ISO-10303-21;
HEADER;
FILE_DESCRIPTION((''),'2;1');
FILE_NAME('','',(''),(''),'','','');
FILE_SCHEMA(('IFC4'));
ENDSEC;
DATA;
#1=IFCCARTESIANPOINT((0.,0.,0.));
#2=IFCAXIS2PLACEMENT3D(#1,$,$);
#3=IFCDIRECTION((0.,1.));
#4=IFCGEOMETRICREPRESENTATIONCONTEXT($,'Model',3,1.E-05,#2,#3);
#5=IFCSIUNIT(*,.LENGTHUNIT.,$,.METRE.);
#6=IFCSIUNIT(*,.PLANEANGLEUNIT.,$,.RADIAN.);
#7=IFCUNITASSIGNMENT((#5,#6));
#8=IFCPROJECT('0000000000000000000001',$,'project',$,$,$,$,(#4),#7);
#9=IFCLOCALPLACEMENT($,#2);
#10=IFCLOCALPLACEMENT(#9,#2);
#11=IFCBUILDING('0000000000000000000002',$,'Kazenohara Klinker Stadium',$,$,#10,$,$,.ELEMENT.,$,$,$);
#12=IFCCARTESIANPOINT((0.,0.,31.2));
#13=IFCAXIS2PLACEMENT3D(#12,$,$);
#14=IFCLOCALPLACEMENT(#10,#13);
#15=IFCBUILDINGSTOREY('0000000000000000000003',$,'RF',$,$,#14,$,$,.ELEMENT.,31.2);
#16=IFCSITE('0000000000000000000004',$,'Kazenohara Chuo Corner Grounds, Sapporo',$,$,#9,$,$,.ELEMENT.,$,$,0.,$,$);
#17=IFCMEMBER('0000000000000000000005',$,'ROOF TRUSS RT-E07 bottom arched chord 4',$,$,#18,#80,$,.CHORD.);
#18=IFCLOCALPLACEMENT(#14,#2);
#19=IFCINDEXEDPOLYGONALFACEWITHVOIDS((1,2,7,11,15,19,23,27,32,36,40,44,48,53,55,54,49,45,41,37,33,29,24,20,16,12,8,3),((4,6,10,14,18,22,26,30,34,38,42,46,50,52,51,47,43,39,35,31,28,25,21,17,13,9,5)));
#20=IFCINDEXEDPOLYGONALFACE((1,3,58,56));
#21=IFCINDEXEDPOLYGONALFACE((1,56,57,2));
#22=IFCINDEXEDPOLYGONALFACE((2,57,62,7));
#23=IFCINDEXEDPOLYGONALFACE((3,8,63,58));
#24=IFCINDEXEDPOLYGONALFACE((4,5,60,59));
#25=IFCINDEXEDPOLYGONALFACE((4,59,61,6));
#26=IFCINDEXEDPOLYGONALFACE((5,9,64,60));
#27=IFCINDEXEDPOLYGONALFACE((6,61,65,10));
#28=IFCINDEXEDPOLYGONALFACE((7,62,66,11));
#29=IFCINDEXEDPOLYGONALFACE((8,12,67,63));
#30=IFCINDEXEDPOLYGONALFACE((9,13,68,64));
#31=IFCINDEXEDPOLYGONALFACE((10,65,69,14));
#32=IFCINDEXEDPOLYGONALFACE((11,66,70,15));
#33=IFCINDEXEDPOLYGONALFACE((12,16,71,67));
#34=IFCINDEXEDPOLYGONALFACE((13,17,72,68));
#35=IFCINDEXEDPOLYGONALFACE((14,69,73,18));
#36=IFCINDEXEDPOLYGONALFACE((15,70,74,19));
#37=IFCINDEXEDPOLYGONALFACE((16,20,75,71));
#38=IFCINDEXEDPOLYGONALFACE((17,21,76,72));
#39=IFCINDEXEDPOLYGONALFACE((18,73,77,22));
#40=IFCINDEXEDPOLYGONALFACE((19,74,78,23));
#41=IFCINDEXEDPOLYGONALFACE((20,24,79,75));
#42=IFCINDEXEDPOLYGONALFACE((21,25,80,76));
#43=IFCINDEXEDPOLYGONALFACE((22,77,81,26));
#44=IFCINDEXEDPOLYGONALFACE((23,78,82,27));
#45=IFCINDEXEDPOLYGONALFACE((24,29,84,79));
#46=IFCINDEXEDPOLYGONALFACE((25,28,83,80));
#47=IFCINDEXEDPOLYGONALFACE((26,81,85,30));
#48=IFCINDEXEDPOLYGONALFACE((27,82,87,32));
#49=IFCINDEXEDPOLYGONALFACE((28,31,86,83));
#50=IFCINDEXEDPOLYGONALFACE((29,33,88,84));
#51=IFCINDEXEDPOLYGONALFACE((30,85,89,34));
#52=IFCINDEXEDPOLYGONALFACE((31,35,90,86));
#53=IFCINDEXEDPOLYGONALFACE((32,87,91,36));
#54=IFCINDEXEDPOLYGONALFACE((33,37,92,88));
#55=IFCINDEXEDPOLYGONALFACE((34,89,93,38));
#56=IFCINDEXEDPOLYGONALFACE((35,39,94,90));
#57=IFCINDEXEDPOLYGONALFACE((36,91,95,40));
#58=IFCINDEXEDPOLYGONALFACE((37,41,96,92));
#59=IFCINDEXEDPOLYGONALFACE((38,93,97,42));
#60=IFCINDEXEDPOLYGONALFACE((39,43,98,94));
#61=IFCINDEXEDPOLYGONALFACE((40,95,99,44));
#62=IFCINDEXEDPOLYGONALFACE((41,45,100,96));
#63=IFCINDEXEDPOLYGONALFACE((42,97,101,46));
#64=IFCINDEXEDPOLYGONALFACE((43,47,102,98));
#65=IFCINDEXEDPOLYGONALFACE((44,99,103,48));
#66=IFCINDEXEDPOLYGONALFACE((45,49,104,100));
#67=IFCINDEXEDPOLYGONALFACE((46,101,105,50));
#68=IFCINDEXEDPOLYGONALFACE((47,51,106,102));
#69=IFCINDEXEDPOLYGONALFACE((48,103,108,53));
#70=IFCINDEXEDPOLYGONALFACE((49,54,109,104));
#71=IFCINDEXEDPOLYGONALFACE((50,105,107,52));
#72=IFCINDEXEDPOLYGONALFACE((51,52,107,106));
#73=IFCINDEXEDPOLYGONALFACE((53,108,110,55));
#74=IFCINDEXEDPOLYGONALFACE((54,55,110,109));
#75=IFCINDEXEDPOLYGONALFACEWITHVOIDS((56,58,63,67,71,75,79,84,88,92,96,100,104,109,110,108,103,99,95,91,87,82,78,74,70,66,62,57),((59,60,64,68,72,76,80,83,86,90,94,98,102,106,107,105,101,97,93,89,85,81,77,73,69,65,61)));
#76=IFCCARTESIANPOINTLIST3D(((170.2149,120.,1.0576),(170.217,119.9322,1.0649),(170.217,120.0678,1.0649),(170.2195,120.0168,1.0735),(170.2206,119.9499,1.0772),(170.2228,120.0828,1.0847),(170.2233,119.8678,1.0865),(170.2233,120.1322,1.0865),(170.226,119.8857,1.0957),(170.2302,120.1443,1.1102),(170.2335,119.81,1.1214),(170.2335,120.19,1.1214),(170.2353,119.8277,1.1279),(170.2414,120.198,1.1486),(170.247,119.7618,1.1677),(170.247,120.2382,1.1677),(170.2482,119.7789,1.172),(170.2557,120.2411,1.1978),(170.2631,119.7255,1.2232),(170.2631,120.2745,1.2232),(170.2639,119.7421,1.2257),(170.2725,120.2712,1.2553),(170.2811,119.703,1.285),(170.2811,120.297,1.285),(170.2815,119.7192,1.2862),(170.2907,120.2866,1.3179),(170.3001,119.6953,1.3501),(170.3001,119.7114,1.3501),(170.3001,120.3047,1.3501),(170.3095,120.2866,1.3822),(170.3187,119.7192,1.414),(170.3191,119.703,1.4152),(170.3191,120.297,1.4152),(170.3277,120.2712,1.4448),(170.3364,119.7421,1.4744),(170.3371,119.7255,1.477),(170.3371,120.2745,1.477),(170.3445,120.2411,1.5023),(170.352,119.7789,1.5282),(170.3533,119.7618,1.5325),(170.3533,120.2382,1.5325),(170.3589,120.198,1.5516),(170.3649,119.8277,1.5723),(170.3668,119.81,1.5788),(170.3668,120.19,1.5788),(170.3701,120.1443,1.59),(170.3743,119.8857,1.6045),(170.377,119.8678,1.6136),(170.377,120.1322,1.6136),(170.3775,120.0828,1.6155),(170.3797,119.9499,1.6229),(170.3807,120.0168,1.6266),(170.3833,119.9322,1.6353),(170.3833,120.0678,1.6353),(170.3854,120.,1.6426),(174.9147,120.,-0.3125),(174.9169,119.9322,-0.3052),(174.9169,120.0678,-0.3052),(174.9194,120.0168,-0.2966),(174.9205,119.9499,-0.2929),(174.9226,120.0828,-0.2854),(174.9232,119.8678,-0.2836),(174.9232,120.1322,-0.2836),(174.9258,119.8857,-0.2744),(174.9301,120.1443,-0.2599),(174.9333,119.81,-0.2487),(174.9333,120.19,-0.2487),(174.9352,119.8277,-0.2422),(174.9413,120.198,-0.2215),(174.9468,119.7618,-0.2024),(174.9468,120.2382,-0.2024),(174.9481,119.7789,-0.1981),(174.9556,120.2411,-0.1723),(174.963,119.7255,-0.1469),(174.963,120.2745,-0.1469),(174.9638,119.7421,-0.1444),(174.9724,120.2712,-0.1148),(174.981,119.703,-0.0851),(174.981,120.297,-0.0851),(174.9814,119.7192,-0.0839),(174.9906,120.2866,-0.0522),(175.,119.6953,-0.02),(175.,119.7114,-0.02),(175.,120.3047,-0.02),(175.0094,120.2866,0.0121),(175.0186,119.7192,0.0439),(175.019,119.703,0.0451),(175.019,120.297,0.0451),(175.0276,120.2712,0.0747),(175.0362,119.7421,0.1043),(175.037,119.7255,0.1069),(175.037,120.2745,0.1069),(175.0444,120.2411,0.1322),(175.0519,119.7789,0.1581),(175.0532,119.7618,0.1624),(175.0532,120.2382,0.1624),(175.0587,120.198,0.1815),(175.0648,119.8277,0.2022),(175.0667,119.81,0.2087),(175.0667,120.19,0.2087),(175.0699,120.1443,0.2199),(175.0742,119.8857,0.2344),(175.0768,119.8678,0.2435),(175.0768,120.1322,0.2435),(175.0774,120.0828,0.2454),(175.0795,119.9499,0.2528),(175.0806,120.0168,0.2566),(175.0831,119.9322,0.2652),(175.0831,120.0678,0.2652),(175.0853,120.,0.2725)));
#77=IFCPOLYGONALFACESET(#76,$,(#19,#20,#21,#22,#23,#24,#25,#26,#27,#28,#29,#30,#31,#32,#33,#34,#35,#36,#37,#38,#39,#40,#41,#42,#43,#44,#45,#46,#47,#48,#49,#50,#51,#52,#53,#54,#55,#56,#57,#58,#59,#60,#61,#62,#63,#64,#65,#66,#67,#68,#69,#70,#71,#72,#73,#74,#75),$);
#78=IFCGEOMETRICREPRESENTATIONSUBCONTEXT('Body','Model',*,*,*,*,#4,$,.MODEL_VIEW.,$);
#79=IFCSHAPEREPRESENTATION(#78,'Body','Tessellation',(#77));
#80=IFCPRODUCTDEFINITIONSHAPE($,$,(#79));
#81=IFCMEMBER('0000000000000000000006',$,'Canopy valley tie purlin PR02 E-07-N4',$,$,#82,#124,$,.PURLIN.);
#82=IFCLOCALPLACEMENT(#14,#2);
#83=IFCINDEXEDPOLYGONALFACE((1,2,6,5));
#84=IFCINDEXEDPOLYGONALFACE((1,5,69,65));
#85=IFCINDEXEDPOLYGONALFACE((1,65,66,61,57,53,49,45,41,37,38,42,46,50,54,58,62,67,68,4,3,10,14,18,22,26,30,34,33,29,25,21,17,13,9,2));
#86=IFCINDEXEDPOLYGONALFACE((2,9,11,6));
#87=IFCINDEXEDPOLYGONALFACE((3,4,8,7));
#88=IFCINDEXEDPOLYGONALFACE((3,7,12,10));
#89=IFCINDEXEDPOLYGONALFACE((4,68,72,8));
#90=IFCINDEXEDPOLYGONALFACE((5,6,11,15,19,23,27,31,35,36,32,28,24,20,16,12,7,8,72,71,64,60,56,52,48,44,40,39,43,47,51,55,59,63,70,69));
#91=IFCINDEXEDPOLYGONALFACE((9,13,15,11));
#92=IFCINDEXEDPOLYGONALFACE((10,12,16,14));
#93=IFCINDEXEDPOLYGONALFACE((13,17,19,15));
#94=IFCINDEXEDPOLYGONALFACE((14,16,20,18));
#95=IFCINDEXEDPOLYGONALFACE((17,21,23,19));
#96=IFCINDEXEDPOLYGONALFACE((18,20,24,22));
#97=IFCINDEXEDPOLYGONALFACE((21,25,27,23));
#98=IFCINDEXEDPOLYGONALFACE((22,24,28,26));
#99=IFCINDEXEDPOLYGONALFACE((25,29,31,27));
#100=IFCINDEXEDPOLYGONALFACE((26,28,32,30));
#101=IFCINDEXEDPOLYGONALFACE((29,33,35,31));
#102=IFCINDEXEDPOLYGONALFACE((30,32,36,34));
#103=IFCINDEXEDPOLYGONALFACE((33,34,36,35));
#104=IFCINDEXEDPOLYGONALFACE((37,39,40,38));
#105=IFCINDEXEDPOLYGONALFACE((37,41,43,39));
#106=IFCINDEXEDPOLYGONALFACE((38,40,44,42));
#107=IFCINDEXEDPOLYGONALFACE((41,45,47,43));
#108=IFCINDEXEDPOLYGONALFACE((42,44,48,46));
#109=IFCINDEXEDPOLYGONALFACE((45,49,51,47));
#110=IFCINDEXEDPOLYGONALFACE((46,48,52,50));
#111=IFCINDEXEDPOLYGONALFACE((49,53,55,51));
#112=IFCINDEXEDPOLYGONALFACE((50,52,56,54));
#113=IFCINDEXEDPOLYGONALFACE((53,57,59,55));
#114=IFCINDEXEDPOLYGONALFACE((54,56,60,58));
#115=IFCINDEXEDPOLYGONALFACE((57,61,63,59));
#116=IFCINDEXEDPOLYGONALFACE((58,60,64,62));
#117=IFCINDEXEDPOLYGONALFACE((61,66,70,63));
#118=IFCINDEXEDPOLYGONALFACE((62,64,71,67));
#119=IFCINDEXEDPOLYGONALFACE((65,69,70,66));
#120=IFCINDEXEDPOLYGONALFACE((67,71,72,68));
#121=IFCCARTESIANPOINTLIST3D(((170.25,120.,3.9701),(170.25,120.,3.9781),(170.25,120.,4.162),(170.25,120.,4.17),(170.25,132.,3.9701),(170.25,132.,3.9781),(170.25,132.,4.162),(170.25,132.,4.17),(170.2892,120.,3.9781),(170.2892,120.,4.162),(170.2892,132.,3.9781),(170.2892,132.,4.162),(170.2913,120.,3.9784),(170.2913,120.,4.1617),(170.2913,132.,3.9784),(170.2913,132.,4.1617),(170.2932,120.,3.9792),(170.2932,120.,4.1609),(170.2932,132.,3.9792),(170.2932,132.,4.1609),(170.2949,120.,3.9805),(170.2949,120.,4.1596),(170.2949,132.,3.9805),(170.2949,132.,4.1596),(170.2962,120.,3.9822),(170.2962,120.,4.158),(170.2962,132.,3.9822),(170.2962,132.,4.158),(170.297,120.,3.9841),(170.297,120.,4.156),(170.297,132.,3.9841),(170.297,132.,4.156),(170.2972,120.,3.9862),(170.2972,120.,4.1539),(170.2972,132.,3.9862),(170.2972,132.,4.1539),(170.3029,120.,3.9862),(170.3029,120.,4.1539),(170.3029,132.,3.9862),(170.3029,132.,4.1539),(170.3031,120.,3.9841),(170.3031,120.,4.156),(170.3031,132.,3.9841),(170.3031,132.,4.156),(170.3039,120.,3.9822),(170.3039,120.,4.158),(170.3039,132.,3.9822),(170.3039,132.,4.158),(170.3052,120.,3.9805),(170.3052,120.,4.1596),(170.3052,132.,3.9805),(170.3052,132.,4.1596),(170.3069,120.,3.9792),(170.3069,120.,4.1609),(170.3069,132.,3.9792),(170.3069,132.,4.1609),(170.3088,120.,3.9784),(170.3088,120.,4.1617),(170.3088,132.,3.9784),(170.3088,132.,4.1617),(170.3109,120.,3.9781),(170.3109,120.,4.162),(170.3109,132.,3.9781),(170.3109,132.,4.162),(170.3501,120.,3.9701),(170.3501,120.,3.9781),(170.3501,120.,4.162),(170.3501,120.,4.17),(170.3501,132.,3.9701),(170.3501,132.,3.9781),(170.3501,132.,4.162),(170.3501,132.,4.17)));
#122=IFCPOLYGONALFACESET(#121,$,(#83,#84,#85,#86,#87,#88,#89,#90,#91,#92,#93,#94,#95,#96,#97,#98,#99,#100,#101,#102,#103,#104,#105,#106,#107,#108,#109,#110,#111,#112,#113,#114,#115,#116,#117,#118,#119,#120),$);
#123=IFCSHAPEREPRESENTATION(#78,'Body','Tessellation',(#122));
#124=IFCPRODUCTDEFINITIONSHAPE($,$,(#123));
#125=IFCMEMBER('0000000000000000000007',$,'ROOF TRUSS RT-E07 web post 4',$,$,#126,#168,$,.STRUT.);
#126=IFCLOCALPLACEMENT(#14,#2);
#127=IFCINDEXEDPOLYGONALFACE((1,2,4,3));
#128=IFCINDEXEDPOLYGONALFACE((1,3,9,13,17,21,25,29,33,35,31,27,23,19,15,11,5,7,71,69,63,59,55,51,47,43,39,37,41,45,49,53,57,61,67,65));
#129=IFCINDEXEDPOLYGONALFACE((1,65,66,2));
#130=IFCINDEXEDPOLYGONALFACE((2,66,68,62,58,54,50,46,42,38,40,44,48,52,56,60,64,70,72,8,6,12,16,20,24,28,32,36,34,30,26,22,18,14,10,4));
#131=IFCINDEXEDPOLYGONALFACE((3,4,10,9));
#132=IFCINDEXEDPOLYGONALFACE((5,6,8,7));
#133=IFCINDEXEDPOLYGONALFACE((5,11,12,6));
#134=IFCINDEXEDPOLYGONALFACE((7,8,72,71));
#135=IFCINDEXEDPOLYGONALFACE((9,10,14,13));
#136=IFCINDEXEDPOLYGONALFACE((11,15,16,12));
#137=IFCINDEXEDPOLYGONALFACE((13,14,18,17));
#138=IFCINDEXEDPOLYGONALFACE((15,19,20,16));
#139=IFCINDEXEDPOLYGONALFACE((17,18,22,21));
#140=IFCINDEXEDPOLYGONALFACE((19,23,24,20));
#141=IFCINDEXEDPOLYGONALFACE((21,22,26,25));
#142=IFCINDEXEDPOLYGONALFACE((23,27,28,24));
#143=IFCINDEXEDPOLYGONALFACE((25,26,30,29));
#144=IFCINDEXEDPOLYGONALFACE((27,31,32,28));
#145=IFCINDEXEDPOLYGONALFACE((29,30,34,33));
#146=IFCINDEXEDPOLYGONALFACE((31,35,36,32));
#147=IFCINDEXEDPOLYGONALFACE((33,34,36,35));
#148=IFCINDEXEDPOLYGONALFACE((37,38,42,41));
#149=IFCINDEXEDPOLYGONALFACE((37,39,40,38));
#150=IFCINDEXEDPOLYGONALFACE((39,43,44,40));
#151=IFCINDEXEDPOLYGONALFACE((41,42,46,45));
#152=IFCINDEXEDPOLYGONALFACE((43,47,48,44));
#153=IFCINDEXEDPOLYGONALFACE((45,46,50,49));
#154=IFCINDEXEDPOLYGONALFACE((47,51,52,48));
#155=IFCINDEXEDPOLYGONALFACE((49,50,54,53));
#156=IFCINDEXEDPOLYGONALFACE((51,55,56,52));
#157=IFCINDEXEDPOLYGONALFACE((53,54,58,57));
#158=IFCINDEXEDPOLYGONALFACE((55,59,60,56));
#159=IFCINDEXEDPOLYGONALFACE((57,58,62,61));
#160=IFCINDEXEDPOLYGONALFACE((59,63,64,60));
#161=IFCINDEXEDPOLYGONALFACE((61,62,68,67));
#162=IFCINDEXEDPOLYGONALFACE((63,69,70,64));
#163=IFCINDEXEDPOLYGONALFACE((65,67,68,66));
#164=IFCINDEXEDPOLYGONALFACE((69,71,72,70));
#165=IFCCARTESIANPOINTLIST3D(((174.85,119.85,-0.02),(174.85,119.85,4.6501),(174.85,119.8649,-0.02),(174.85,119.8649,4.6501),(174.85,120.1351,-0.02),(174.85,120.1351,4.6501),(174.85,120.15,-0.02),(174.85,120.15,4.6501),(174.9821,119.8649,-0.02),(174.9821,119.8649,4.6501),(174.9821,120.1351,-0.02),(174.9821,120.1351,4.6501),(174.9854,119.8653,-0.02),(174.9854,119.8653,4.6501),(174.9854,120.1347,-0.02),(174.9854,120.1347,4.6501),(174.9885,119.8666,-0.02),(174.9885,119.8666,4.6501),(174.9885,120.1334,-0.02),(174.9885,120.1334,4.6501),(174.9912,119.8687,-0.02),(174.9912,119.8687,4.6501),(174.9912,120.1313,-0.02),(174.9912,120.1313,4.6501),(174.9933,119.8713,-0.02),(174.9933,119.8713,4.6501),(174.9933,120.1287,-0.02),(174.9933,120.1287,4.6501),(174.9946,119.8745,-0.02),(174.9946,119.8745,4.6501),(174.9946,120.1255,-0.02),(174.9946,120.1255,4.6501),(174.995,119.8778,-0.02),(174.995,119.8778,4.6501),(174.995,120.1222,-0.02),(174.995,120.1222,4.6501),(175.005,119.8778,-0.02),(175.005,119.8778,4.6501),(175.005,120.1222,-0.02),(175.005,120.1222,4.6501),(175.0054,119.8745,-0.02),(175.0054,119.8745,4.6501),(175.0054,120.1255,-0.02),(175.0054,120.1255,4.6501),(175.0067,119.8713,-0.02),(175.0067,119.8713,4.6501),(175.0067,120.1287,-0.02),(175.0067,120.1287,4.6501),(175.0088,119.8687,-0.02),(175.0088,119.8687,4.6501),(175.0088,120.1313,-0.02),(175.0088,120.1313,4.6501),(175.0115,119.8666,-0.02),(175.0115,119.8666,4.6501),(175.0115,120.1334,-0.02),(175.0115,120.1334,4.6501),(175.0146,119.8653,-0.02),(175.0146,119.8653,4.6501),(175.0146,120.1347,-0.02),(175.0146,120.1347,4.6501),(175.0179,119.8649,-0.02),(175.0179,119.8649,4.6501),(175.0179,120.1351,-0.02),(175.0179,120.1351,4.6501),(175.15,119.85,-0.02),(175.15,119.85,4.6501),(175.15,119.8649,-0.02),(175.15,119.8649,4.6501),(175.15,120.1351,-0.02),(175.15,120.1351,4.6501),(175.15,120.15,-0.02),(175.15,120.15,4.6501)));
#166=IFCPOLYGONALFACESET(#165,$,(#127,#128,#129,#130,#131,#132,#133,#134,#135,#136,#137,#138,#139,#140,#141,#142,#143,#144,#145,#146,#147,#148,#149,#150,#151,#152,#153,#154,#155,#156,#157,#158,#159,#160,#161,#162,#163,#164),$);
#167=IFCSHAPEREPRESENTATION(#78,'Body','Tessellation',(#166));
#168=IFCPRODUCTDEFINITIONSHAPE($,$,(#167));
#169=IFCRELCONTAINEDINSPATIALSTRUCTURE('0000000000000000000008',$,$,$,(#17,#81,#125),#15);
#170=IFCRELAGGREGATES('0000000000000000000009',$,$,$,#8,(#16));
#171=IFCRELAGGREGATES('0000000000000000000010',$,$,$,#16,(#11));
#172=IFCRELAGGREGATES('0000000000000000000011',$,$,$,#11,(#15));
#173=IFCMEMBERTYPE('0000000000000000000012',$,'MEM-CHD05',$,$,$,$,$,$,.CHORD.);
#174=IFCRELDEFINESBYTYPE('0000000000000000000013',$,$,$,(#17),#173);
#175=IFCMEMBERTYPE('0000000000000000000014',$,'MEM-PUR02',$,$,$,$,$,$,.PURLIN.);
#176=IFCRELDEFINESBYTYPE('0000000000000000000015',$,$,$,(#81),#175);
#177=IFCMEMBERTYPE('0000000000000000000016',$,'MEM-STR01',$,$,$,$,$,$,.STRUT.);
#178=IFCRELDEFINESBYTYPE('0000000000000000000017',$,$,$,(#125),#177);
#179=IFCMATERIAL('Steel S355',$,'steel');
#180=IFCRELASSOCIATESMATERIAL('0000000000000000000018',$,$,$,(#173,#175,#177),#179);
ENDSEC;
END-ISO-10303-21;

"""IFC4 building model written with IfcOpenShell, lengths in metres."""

from ifc_helpers import new_model, si_unit, direction, frame, origin, origin_2d, place, context, subcontext, project, spatial, hollow_circle, i_section, extrude, material, material_profile, profile_set, type_object, element, save


model = new_model("IFC4")

# Units and contexts
model_context = context("Model", 3, precision=1e-05, world=origin(), true_north=direction((0.0, 1.0)))
body_context = subcontext(model_context, "Body", "Model", "MODEL_VIEW")
ifc_project = project(units=[si_unit("LENGTHUNIT", "METRE"), si_unit("PLANEANGLEUNIT", "RADIAN")], contexts=[model_context])

# Site, building, storey
site_placement = place(None, origin())
site = spatial("IfcSite", under=ifc_project, at=site_placement, Name="Kazenohara Chuo Corner Grounds, Sapporo", CompositionType="ELEMENT", RefElevation=0.0)
building_placement = place(site_placement, origin())
building = spatial("IfcBuilding", under=site, at=building_placement, Name="Kazenohara Klinker Stadium", CompositionType="ELEMENT")
storey_placement = place(building_placement, frame((0.0, 0.0, 31.2)))
storey = spatial("IfcBuildingStorey", under=building, at=storey_placement, Name="RF", CompositionType="ELEMENT", Elevation=31.2)

# Members
ifc_material_1 = material(Name="Steel S355", Category="steel")
ifc_material_profile_1 = material_profile(ifc_material_1, hollow_circle(Radius=0.3047, WallThickness=0.0161, at=origin_2d()), Name="CHS-609.6x16")
ifc_profile_set_1 = profile_set([ifc_material_profile_1], Name="Steel S355")
member_type_1 = type_object("IfcMemberType", Name="MEM-CHD05", PredefinedType="CHORD", material=ifc_profile_set_1)
member_1_placement = place(storey_placement, frame((175.0, 120.0, -0.02), z_axis=(-0.960039, 0.0, 0.279868), x_axis=(0.0, -1.0, 0.0)))
element("IfcMember", 1, at=member_1_placement, inside=storey, type_object=member_type_1, Name="ROOF TRUSS RT-E07 bottom arched chord 4", PredefinedType="CHORD", context=body_context, shape_type="SweptSolid", body=[
    extrude(hollow_circle(Radius=0.3047, WallThickness=0.0161, at=origin_2d()), origin(), (0.0, 0.0, 1.0), 4.8955),
])
ifc_material_profile_2 = material_profile(ifc_material_1, i_section(OverallWidth=0.1001, OverallDepth=0.2, WebThickness=0.0056, FlangeThickness=0.0081, FilletRadius=0.0081, at=origin_2d()), Name="H-200x100x5.5x8")
ifc_profile_set_2 = profile_set([ifc_material_profile_2], Name="Steel S355")
member_type_2 = type_object("IfcMemberType", Name="MEM-PUR02", PredefinedType="PURLIN", material=ifc_profile_set_2)
member_2_placement = place(storey_placement, frame((170.3, 120.0, 4.0701), z_axis=(0.0, 1.0, 0.0), x_axis=(-1.0, 0.0, 0.0)))
element("IfcMember", 2, at=member_2_placement, inside=storey, type_object=member_type_2, Name="Canopy valley tie purlin PR02 E-07-N4", PredefinedType="PURLIN", context=body_context, shape_type="SweptSolid", body=[
    extrude(i_section(OverallWidth=0.1001, OverallDepth=0.2, WebThickness=0.0056, FlangeThickness=0.0081, FilletRadius=0.0081, at=origin_2d()), origin(), (0.0, 0.0, 1.0), 12.0),
])
ifc_material_profile_3 = material_profile(ifc_material_1, i_section(OverallWidth=0.3, OverallDepth=0.3, WebThickness=0.01, FlangeThickness=0.0149, FilletRadius=0.0129, at=origin_2d()), Name="H-300x300x10x15")
ifc_profile_set_3 = profile_set([ifc_material_profile_3], Name="Steel S355")
member_type_3 = type_object("IfcMemberType", Name="MEM-STR01", PredefinedType="STRUT", material=ifc_profile_set_3)
member_3_placement = place(storey_placement, frame((175.0, 120.0, -0.02), z_axis=(0.0, 0.0, 1.0), x_axis=(1.0, 0.0, 0.0)))
element("IfcMember", 3, at=member_3_placement, inside=storey, type_object=member_type_3, Name="ROOF TRUSS RT-E07 web post 4", PredefinedType="STRUT", context=body_context, shape_type="SweptSolid", body=[
    extrude(i_section(OverallWidth=0.3, OverallDepth=0.3, WebThickness=0.01, FlangeThickness=0.0149, FilletRadius=0.0129, at=origin_2d()), origin(), (0.0, 0.0, 1.0), 4.6702),
])

save(model, "model.ifc")
